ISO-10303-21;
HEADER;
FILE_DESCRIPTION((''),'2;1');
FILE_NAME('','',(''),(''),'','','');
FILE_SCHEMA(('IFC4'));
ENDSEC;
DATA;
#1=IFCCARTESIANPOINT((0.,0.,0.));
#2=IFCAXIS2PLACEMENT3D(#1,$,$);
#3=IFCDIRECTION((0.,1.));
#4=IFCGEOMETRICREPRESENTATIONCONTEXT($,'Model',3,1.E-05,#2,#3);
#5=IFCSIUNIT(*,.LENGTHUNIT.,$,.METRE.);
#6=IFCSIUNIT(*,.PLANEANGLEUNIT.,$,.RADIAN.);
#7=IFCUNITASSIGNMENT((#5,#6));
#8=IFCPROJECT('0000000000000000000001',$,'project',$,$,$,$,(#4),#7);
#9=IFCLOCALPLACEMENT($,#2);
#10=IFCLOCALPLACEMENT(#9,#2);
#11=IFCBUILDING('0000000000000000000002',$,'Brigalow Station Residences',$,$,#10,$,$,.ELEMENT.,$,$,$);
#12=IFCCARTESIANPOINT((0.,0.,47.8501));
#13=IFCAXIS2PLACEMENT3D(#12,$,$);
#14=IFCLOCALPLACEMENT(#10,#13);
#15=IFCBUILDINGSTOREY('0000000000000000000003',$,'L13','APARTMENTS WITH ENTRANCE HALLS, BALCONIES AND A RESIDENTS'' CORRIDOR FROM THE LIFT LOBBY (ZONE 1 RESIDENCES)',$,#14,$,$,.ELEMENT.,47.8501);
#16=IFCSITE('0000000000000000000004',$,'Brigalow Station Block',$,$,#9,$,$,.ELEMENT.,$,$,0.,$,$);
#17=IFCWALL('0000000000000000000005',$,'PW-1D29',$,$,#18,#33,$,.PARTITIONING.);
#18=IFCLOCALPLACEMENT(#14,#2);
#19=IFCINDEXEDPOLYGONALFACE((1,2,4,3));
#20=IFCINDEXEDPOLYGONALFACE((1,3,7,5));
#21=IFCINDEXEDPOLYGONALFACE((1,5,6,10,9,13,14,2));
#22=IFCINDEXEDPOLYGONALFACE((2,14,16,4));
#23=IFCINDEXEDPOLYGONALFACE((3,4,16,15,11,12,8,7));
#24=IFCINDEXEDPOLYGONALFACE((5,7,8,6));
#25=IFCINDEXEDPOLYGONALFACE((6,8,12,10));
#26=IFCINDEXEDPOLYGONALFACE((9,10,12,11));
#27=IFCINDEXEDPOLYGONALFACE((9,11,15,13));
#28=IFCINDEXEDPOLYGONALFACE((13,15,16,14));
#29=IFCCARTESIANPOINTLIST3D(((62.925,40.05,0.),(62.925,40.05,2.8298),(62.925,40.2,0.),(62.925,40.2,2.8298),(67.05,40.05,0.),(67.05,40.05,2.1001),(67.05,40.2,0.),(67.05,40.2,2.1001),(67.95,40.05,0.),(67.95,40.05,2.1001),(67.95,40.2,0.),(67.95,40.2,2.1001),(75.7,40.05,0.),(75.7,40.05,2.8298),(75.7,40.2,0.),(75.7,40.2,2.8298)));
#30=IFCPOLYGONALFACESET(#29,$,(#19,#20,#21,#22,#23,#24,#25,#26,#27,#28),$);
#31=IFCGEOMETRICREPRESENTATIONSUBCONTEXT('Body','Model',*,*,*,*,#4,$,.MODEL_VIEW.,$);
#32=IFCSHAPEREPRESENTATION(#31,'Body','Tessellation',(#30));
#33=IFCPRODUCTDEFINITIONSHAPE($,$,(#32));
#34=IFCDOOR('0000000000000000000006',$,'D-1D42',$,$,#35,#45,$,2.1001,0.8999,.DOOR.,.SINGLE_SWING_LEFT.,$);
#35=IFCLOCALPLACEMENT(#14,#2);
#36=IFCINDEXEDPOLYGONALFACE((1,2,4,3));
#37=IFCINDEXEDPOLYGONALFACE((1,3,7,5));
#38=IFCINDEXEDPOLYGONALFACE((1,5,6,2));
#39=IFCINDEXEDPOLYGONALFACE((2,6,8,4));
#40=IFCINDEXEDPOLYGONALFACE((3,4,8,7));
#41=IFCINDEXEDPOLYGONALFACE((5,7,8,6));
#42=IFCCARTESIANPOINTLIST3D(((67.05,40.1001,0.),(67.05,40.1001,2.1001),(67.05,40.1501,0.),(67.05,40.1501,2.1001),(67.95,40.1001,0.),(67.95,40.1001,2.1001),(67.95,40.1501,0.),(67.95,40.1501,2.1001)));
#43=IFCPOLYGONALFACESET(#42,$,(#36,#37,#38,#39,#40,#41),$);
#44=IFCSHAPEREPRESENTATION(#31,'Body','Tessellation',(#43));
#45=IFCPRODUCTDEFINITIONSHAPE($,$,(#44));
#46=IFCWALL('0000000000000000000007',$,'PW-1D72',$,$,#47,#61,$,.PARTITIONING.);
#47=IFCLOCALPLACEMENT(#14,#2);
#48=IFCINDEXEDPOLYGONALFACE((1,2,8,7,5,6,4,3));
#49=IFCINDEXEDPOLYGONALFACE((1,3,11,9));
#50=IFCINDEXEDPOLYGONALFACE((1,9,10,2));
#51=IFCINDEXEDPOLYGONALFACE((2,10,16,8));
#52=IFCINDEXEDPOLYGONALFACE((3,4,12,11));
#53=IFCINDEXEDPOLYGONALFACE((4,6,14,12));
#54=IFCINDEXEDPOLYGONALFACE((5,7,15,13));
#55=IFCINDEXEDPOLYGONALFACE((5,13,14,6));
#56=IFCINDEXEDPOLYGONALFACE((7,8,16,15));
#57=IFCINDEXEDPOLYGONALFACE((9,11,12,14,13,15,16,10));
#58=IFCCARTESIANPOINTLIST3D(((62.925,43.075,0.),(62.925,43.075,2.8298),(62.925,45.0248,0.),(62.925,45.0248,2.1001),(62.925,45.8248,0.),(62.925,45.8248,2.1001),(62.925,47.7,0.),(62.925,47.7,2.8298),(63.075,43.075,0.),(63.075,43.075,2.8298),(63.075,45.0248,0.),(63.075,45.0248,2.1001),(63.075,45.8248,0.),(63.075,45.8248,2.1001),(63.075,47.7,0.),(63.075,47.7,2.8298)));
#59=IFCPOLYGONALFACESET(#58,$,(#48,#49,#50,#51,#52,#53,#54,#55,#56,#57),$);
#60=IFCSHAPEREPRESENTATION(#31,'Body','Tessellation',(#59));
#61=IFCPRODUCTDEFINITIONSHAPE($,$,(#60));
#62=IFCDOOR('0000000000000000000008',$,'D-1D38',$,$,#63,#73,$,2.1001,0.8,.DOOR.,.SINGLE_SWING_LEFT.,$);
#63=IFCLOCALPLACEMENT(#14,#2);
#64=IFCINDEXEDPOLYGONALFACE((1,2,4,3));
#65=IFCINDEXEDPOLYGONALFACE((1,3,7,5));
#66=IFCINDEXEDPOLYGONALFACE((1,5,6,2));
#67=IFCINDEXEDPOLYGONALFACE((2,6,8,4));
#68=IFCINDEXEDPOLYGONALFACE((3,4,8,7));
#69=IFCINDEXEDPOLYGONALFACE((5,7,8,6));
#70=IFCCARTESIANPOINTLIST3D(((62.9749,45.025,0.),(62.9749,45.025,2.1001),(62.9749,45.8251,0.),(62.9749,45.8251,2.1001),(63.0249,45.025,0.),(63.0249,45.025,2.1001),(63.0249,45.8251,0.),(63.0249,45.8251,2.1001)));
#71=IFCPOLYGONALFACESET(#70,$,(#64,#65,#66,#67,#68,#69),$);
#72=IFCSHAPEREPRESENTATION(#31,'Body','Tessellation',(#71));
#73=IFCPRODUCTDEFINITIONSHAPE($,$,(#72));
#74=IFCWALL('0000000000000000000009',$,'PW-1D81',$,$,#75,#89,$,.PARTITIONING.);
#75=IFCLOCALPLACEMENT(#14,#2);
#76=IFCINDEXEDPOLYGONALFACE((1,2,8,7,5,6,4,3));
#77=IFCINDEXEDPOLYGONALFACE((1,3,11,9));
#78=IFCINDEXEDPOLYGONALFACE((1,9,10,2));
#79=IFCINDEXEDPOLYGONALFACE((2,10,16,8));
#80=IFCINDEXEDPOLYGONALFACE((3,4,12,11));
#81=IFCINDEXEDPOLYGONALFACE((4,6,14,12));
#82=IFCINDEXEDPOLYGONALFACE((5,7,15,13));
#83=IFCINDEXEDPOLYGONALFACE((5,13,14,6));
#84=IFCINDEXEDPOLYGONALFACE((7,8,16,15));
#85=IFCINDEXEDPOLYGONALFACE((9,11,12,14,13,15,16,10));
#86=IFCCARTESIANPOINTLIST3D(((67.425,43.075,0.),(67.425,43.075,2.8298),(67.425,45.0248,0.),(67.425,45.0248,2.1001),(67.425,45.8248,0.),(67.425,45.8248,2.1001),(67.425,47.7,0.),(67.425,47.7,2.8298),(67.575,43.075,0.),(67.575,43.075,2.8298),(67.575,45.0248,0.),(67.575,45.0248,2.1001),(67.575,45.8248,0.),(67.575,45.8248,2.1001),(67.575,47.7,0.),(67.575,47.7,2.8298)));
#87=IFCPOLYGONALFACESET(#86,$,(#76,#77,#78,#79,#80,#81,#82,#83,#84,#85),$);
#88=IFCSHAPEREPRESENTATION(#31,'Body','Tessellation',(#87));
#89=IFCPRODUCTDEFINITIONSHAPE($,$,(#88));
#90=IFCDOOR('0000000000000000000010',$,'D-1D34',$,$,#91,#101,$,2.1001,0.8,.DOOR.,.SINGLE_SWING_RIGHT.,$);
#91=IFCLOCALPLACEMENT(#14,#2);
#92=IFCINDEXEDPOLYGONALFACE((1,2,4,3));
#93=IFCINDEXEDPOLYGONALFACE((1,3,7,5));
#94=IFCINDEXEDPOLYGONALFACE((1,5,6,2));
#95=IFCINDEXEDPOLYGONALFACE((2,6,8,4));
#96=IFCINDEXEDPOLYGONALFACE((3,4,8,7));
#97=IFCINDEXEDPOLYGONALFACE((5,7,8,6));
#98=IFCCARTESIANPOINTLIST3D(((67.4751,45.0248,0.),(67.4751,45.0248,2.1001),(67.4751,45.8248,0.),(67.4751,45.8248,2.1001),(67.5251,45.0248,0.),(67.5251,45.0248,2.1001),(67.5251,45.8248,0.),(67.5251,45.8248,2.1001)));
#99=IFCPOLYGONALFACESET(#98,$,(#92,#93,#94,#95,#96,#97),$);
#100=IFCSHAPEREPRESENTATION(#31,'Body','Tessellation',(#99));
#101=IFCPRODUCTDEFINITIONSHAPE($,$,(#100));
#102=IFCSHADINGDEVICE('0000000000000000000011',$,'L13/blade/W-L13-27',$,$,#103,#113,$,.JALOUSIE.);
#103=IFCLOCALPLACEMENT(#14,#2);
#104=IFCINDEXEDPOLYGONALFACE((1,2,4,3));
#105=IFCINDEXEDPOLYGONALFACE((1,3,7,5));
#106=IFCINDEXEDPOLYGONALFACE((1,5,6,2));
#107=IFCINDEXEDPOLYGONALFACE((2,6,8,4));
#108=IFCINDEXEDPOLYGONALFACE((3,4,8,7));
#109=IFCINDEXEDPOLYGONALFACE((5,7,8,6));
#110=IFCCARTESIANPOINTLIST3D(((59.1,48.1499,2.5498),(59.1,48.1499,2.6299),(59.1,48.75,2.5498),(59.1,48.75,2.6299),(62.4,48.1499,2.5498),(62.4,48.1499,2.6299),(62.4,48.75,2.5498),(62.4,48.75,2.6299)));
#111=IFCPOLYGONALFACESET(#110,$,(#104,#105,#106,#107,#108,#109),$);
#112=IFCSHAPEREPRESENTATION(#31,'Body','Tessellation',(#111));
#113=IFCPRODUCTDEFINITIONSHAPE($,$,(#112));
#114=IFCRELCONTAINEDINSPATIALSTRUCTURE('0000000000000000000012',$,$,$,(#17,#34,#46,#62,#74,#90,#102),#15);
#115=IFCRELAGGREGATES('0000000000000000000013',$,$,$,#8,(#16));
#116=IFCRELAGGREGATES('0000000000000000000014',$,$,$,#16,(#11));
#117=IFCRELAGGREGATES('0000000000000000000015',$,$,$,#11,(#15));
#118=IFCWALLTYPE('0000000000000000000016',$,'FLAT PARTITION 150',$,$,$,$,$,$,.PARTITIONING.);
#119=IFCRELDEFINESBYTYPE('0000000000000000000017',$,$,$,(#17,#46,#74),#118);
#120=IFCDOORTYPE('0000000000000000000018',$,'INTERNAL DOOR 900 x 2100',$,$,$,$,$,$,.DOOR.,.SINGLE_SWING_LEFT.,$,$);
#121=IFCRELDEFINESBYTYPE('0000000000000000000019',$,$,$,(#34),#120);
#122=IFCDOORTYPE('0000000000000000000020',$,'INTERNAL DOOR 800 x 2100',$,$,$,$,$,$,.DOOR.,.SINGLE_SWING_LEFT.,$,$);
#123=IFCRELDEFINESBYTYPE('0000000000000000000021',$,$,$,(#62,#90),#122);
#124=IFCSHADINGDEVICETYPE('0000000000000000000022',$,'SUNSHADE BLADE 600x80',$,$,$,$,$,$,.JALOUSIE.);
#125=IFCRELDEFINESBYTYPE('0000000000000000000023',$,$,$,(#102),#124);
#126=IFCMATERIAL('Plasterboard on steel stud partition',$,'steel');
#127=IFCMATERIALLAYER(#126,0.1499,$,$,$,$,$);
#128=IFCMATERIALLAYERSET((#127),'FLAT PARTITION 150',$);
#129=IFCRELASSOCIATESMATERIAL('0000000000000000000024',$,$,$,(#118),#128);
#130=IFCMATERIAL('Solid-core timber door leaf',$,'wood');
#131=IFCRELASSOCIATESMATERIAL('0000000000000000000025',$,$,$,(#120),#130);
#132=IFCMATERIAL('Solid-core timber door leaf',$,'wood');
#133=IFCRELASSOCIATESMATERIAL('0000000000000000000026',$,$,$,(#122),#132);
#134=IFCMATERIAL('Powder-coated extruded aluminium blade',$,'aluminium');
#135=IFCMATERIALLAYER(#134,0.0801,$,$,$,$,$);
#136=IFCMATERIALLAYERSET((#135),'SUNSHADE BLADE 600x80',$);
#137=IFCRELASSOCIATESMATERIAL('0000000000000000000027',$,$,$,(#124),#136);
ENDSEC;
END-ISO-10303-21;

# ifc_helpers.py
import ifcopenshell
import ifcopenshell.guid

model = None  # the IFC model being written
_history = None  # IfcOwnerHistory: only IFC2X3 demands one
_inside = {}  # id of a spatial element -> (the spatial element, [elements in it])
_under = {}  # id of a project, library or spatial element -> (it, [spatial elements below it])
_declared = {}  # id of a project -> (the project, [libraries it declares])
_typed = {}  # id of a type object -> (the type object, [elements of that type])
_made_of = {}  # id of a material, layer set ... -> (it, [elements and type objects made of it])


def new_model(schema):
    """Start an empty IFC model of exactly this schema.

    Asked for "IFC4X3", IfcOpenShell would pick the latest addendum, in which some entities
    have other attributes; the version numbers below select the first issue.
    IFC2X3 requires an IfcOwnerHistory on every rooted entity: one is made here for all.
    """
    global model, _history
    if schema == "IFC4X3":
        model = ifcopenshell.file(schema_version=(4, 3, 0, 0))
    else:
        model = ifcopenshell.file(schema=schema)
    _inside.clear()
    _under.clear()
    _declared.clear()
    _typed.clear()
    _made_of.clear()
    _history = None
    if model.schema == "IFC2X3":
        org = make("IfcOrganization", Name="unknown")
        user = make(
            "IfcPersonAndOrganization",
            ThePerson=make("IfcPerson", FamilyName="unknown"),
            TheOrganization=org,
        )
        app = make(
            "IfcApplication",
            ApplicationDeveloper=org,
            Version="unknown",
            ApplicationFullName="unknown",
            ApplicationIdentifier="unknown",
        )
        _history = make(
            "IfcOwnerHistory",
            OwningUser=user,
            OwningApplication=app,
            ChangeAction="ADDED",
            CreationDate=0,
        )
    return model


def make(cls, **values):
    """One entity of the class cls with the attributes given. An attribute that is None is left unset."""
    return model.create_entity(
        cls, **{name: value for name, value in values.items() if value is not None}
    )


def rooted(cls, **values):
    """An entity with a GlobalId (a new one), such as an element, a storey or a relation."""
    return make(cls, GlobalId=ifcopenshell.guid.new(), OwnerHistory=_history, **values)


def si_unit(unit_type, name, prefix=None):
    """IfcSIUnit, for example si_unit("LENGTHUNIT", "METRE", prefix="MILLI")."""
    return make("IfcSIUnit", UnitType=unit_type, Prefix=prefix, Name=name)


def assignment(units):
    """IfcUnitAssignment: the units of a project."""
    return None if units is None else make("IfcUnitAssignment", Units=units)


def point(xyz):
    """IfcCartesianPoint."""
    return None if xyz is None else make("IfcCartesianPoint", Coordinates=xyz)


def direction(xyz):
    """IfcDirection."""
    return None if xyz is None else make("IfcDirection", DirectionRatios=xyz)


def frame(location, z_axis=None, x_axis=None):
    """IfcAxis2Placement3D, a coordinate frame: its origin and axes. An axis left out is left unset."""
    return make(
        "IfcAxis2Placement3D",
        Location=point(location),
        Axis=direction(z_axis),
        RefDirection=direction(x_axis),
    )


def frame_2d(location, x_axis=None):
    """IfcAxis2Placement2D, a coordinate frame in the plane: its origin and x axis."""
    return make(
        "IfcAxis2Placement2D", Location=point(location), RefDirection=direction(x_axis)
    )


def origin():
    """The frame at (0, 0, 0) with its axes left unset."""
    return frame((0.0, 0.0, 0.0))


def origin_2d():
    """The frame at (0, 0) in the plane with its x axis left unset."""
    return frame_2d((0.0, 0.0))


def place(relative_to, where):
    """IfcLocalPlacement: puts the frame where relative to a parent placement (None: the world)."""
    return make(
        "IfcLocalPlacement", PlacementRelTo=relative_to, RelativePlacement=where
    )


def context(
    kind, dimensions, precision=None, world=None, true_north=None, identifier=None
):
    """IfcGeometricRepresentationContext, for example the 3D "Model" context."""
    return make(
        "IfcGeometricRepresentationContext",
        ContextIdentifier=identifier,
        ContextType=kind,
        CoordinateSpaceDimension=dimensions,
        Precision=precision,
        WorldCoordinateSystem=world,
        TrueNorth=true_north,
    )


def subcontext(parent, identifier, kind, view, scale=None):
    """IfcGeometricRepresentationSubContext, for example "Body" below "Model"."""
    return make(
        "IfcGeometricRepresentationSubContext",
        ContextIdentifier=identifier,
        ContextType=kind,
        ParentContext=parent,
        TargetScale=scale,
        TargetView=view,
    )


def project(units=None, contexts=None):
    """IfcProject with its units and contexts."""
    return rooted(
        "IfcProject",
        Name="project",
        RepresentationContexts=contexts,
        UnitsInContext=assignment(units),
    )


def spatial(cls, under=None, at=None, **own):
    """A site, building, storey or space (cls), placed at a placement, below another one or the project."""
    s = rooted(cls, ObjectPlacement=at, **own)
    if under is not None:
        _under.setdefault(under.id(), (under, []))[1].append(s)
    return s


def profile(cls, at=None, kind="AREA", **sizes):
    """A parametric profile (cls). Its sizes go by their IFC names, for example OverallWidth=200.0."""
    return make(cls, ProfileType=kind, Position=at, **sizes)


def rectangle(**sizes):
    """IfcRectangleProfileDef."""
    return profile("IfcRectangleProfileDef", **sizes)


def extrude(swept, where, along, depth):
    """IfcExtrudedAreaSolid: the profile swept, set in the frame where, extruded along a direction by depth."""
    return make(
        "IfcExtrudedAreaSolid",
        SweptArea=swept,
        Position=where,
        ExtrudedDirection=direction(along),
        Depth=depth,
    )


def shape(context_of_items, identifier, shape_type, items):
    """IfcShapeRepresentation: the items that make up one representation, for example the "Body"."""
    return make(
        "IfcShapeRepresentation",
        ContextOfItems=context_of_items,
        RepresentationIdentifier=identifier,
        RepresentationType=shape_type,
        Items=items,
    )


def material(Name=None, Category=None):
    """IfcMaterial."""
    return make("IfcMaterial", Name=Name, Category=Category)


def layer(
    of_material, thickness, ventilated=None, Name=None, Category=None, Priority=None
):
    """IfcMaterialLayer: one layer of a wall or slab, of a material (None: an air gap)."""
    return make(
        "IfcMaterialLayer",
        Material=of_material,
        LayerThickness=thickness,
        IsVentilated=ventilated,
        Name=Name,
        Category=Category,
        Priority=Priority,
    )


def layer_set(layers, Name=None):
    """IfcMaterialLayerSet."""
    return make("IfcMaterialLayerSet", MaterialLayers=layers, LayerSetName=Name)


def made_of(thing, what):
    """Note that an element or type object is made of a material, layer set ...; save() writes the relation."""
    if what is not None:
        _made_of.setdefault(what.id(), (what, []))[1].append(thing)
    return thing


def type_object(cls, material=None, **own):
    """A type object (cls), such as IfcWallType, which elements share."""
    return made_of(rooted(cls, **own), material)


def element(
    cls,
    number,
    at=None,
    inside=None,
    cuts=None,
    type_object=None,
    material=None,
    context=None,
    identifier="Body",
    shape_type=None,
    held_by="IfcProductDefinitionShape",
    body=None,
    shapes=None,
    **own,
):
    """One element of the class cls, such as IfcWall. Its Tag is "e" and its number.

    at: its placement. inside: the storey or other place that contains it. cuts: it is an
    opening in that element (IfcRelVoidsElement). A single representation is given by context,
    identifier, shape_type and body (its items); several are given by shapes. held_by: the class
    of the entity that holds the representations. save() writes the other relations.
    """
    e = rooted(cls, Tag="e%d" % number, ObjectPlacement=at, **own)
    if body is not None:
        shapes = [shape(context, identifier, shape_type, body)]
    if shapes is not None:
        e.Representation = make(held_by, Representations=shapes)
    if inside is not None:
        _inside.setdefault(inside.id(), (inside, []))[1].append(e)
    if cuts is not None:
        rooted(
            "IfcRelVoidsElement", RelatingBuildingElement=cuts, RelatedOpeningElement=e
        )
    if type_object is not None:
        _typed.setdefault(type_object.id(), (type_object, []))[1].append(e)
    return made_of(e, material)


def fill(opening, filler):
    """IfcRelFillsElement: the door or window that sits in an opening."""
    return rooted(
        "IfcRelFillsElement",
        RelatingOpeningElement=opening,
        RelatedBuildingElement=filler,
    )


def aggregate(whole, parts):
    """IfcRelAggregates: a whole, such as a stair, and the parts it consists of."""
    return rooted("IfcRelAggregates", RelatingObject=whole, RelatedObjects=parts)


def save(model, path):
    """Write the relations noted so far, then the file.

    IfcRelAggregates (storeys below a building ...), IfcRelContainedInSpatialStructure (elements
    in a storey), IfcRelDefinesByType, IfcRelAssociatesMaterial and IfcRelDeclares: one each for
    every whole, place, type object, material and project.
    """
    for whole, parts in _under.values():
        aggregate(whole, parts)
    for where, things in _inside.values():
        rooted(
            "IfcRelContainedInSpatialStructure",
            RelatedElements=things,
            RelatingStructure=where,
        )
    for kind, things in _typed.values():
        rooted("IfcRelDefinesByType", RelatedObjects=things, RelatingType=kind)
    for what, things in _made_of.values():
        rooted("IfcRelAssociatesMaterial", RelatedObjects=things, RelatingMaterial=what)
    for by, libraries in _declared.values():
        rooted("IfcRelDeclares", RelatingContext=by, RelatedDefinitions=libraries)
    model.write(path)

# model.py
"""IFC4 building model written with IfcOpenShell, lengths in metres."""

from ifc_helpers import new_model, si_unit, direction, frame, frame_2d, origin, origin_2d, place, context, subcontext, project, spatial, rectangle, extrude, material, layer, layer_set, type_object, element, fill, save


model = new_model("IFC4")

# Units and contexts
model_context = context("Model", 3, precision=1e-05, world=origin(), true_north=direction((0.0, 1.0)))
body_context = subcontext(model_context, "Body", "Model", "MODEL_VIEW")
ifc_project = project(units=[si_unit("LENGTHUNIT", "METRE"), si_unit("PLANEANGLEUNIT", "RADIAN")], contexts=[model_context])

# Site, building, storey
site_placement = place(None, origin())
site = spatial("IfcSite", under=ifc_project, at=site_placement, Name="Brigalow Station Block", CompositionType="ELEMENT", RefElevation=0.0)
building_placement = place(site_placement, origin())
building = spatial("IfcBuilding", under=site, at=building_placement, Name="Brigalow Station Residences", CompositionType="ELEMENT")
storey_placement = place(building_placement, frame((0.0, 0.0, 47.8501)))
storey = spatial("IfcBuildingStorey", under=building, at=storey_placement, Name="L13", Description="APARTMENTS WITH ENTRANCE HALLS, BALCONIES AND A RESIDENTS' CORRIDOR FROM THE LIFT LOBBY (ZONE 1 RESIDENCES)", CompositionType="ELEMENT", Elevation=47.8501)

# Walls, openings, doors
ifc_material_1 = material(Name="Plasterboard on steel stud partition", Category="steel")
ifc_layer_1 = layer(ifc_material_1, 0.1499)
ifc_layer_set_1 = layer_set([ifc_layer_1], Name="FLAT PARTITION 150")
wall_type_1 = type_object("IfcWallType", Name="FLAT PARTITION 150", PredefinedType="PARTITIONING", material=ifc_layer_set_1)
wall_1_placement = place(storey_placement, frame((62.925, 40.125, 0.0), z_axis=(0.0, 0.0, 1.0), x_axis=(1.0, 0.0, 0.0)))
wall_1 = element("IfcWall", 1, at=wall_1_placement, inside=storey, type_object=wall_type_1, Name="PW-1D29", PredefinedType="PARTITIONING", context=body_context, shape_type="SweptSolid", body=[
    extrude(rectangle(XDim=12.7749, YDim=0.1499, at=frame_2d((6.3875, 0.0))), origin(), (0.0, 0.0, 1.0), 2.8298),
])
opening_1_placement = place(wall_1_placement, frame((4.125, 0.0, 0.0)))
opening_1 = element("IfcOpeningElement", 2, at=opening_1_placement, cuts=wall_1, PredefinedType="OPENING", context=body_context, shape_type="SweptSolid", body=[
    extrude(rectangle(XDim=0.8999, YDim=2.1001, at=frame_2d((0.45, 1.05))), frame((0.0, 0.085, 0.0), z_axis=(0.0, -1.0, 0.0), x_axis=(1.0, 0.0, 0.0)), (0.0, 0.0, 1.0), 0.1699),
])
ifc_material_2 = material(Name="Solid-core timber door leaf", Category="wood")
door_type_1 = type_object("IfcDoorType", Name="INTERNAL DOOR 900 x 2100", OperationType="SINGLE_SWING_LEFT", PredefinedType="DOOR", material=ifc_material_2)
door_1_placement = place(opening_1_placement, frame((0.8999, 0.0, 0.0), z_axis=(0.0, 0.0, 1.0), x_axis=(-1.0, 0.0, 0.0)))
door_1 = element("IfcDoor", 3, at=door_1_placement, inside=storey, type_object=door_type_1, Name="D-1D42", OperationType="SINGLE_SWING_LEFT", OverallHeight=2.1001, OverallWidth=0.8999, PredefinedType="DOOR", context=body_context, shape_type="SweptSolid", body=[
    extrude(rectangle(XDim=0.8999, YDim=2.1001, at=frame_2d((0.45, 1.05))), frame((0.0, 0.0249, 0.0), z_axis=(0.0, -1.0, 0.0), x_axis=(1.0, 0.0, 0.0)), (0.0, 0.0, 1.0), 0.05),
])
fill(opening_1, door_1)
wall_2_placement = place(storey_placement, frame((63.0, 43.075, 0.0), z_axis=(0.0, 0.0, 1.0), x_axis=(0.0, 1.0, 0.0)))
wall_2 = element("IfcWall", 4, at=wall_2_placement, inside=storey, type_object=wall_type_1, Name="PW-1D72", PredefinedType="PARTITIONING", context=body_context, shape_type="SweptSolid", body=[
    extrude(rectangle(XDim=4.625, YDim=0.1499, at=frame_2d((2.3125, 0.0))), origin(), (0.0, 0.0, 1.0), 2.8298),
])
opening_2_placement = place(wall_2_placement, frame((1.95, 0.0, 0.0)))
opening_2 = element("IfcOpeningElement", 5, at=opening_2_placement, cuts=wall_2, PredefinedType="OPENING", context=body_context, shape_type="SweptSolid", body=[
    extrude(rectangle(XDim=0.8, YDim=2.1001, at=frame_2d((0.3999, 1.05))), frame((0.0, 0.085, 0.0), z_axis=(0.0, -1.0, 0.0), x_axis=(1.0, 0.0, 0.0)), (0.0, 0.0, 1.0), 0.1699),
])
ifc_material_3 = material(Name="Solid-core timber door leaf", Category="wood")
door_type_2 = type_object("IfcDoorType", Name="INTERNAL DOOR 800 x 2100", OperationType="SINGLE_SWING_LEFT", PredefinedType="DOOR", material=ifc_material_3)
door_2_placement = place(opening_2_placement, frame((0.8, 0.0, 0.0), z_axis=(0.0, 0.0, 1.0), x_axis=(-1.0, 0.0, 0.0)))
door_2 = element("IfcDoor", 6, at=door_2_placement, inside=storey, type_object=door_type_2, Name="D-1D38", OperationType="SINGLE_SWING_LEFT", OverallHeight=2.1001, OverallWidth=0.8, PredefinedType="DOOR", context=body_context, shape_type="SweptSolid", body=[
    extrude(rectangle(XDim=0.8, YDim=2.1001, at=frame_2d((0.3999, 1.05))), frame((0.0, 0.0249, 0.0), z_axis=(0.0, -1.0, 0.0), x_axis=(1.0, 0.0, 0.0)), (0.0, 0.0, 1.0), 0.05),
])
fill(opening_2, door_2)
wall_3_placement = place(storey_placement, frame((67.5, 43.075, 0.0), z_axis=(0.0, 0.0, 1.0), x_axis=(0.0, 1.0, 0.0)))
wall_3 = element("IfcWall", 7, at=wall_3_placement, inside=storey, type_object=wall_type_1, Name="PW-1D81", PredefinedType="PARTITIONING", context=body_context, shape_type="SweptSolid", body=[
    extrude(rectangle(XDim=4.625, YDim=0.1499, at=frame_2d((2.3125, 0.0))), origin(), (0.0, 0.0, 1.0), 2.8298),
])
opening_3_placement = place(wall_3_placement, frame((1.95, 0.0, 0.0)))
opening_3 = element("IfcOpeningElement", 8, at=opening_3_placement, cuts=wall_3, PredefinedType="OPENING", context=body_context, shape_type="SweptSolid", body=[
    extrude(rectangle(XDim=0.8, YDim=2.1001, at=frame_2d((0.3999, 1.05))), frame((0.0, 0.085, 0.0), z_axis=(0.0, -1.0, 0.0), x_axis=(1.0, 0.0, 0.0)), (0.0, 0.0, 1.0), 0.1699),
])
door_3_placement = place(opening_3_placement, origin())
door_3 = element("IfcDoor", 9, at=door_3_placement, inside=storey, type_object=door_type_2, Name="D-1D34", OperationType="SINGLE_SWING_RIGHT", OverallHeight=2.1001, OverallWidth=0.8, PredefinedType="DOOR", context=body_context, shape_type="SweptSolid", body=[
    extrude(rectangle(XDim=0.8, YDim=2.1001, at=frame_2d((0.3999, 1.05))), frame((0.0, 0.0249, 0.0), z_axis=(0.0, -1.0, 0.0), x_axis=(1.0, 0.0, 0.0)), (0.0, 0.0, 1.0), 0.05),
])
fill(opening_3, door_3)

# Shading device
ifc_material_4 = material(Name="Powder-coated extruded aluminium blade", Category="aluminium")
ifc_layer_2 = layer(ifc_material_4, 0.0801)
ifc_layer_set_2 = layer_set([ifc_layer_2], Name="SUNSHADE BLADE 600x80")
shading_device_type = type_object("IfcShadingDeviceType", Name="SUNSHADE BLADE 600x80", PredefinedType="JALOUSIE", material=ifc_layer_set_2)
shading_device_placement = place(storey_placement, frame((60.75, 48.45, 2.5498), z_axis=(0.0, 0.0, 1.0), x_axis=(-1.0, 0.0, 0.0)))
element("IfcShadingDevice", 10, at=shading_device_placement, inside=storey, type_object=shading_device_type, Name="L13/blade/W-L13-27", PredefinedType="JALOUSIE", context=body_context, shape_type="SweptSolid", body=[
    extrude(rectangle(XDim=3.3, YDim=0.6001, at=origin_2d()), origin(), (0.0, 0.0, 1.0), 0.0801),
])

save(model, "model.ifc")
